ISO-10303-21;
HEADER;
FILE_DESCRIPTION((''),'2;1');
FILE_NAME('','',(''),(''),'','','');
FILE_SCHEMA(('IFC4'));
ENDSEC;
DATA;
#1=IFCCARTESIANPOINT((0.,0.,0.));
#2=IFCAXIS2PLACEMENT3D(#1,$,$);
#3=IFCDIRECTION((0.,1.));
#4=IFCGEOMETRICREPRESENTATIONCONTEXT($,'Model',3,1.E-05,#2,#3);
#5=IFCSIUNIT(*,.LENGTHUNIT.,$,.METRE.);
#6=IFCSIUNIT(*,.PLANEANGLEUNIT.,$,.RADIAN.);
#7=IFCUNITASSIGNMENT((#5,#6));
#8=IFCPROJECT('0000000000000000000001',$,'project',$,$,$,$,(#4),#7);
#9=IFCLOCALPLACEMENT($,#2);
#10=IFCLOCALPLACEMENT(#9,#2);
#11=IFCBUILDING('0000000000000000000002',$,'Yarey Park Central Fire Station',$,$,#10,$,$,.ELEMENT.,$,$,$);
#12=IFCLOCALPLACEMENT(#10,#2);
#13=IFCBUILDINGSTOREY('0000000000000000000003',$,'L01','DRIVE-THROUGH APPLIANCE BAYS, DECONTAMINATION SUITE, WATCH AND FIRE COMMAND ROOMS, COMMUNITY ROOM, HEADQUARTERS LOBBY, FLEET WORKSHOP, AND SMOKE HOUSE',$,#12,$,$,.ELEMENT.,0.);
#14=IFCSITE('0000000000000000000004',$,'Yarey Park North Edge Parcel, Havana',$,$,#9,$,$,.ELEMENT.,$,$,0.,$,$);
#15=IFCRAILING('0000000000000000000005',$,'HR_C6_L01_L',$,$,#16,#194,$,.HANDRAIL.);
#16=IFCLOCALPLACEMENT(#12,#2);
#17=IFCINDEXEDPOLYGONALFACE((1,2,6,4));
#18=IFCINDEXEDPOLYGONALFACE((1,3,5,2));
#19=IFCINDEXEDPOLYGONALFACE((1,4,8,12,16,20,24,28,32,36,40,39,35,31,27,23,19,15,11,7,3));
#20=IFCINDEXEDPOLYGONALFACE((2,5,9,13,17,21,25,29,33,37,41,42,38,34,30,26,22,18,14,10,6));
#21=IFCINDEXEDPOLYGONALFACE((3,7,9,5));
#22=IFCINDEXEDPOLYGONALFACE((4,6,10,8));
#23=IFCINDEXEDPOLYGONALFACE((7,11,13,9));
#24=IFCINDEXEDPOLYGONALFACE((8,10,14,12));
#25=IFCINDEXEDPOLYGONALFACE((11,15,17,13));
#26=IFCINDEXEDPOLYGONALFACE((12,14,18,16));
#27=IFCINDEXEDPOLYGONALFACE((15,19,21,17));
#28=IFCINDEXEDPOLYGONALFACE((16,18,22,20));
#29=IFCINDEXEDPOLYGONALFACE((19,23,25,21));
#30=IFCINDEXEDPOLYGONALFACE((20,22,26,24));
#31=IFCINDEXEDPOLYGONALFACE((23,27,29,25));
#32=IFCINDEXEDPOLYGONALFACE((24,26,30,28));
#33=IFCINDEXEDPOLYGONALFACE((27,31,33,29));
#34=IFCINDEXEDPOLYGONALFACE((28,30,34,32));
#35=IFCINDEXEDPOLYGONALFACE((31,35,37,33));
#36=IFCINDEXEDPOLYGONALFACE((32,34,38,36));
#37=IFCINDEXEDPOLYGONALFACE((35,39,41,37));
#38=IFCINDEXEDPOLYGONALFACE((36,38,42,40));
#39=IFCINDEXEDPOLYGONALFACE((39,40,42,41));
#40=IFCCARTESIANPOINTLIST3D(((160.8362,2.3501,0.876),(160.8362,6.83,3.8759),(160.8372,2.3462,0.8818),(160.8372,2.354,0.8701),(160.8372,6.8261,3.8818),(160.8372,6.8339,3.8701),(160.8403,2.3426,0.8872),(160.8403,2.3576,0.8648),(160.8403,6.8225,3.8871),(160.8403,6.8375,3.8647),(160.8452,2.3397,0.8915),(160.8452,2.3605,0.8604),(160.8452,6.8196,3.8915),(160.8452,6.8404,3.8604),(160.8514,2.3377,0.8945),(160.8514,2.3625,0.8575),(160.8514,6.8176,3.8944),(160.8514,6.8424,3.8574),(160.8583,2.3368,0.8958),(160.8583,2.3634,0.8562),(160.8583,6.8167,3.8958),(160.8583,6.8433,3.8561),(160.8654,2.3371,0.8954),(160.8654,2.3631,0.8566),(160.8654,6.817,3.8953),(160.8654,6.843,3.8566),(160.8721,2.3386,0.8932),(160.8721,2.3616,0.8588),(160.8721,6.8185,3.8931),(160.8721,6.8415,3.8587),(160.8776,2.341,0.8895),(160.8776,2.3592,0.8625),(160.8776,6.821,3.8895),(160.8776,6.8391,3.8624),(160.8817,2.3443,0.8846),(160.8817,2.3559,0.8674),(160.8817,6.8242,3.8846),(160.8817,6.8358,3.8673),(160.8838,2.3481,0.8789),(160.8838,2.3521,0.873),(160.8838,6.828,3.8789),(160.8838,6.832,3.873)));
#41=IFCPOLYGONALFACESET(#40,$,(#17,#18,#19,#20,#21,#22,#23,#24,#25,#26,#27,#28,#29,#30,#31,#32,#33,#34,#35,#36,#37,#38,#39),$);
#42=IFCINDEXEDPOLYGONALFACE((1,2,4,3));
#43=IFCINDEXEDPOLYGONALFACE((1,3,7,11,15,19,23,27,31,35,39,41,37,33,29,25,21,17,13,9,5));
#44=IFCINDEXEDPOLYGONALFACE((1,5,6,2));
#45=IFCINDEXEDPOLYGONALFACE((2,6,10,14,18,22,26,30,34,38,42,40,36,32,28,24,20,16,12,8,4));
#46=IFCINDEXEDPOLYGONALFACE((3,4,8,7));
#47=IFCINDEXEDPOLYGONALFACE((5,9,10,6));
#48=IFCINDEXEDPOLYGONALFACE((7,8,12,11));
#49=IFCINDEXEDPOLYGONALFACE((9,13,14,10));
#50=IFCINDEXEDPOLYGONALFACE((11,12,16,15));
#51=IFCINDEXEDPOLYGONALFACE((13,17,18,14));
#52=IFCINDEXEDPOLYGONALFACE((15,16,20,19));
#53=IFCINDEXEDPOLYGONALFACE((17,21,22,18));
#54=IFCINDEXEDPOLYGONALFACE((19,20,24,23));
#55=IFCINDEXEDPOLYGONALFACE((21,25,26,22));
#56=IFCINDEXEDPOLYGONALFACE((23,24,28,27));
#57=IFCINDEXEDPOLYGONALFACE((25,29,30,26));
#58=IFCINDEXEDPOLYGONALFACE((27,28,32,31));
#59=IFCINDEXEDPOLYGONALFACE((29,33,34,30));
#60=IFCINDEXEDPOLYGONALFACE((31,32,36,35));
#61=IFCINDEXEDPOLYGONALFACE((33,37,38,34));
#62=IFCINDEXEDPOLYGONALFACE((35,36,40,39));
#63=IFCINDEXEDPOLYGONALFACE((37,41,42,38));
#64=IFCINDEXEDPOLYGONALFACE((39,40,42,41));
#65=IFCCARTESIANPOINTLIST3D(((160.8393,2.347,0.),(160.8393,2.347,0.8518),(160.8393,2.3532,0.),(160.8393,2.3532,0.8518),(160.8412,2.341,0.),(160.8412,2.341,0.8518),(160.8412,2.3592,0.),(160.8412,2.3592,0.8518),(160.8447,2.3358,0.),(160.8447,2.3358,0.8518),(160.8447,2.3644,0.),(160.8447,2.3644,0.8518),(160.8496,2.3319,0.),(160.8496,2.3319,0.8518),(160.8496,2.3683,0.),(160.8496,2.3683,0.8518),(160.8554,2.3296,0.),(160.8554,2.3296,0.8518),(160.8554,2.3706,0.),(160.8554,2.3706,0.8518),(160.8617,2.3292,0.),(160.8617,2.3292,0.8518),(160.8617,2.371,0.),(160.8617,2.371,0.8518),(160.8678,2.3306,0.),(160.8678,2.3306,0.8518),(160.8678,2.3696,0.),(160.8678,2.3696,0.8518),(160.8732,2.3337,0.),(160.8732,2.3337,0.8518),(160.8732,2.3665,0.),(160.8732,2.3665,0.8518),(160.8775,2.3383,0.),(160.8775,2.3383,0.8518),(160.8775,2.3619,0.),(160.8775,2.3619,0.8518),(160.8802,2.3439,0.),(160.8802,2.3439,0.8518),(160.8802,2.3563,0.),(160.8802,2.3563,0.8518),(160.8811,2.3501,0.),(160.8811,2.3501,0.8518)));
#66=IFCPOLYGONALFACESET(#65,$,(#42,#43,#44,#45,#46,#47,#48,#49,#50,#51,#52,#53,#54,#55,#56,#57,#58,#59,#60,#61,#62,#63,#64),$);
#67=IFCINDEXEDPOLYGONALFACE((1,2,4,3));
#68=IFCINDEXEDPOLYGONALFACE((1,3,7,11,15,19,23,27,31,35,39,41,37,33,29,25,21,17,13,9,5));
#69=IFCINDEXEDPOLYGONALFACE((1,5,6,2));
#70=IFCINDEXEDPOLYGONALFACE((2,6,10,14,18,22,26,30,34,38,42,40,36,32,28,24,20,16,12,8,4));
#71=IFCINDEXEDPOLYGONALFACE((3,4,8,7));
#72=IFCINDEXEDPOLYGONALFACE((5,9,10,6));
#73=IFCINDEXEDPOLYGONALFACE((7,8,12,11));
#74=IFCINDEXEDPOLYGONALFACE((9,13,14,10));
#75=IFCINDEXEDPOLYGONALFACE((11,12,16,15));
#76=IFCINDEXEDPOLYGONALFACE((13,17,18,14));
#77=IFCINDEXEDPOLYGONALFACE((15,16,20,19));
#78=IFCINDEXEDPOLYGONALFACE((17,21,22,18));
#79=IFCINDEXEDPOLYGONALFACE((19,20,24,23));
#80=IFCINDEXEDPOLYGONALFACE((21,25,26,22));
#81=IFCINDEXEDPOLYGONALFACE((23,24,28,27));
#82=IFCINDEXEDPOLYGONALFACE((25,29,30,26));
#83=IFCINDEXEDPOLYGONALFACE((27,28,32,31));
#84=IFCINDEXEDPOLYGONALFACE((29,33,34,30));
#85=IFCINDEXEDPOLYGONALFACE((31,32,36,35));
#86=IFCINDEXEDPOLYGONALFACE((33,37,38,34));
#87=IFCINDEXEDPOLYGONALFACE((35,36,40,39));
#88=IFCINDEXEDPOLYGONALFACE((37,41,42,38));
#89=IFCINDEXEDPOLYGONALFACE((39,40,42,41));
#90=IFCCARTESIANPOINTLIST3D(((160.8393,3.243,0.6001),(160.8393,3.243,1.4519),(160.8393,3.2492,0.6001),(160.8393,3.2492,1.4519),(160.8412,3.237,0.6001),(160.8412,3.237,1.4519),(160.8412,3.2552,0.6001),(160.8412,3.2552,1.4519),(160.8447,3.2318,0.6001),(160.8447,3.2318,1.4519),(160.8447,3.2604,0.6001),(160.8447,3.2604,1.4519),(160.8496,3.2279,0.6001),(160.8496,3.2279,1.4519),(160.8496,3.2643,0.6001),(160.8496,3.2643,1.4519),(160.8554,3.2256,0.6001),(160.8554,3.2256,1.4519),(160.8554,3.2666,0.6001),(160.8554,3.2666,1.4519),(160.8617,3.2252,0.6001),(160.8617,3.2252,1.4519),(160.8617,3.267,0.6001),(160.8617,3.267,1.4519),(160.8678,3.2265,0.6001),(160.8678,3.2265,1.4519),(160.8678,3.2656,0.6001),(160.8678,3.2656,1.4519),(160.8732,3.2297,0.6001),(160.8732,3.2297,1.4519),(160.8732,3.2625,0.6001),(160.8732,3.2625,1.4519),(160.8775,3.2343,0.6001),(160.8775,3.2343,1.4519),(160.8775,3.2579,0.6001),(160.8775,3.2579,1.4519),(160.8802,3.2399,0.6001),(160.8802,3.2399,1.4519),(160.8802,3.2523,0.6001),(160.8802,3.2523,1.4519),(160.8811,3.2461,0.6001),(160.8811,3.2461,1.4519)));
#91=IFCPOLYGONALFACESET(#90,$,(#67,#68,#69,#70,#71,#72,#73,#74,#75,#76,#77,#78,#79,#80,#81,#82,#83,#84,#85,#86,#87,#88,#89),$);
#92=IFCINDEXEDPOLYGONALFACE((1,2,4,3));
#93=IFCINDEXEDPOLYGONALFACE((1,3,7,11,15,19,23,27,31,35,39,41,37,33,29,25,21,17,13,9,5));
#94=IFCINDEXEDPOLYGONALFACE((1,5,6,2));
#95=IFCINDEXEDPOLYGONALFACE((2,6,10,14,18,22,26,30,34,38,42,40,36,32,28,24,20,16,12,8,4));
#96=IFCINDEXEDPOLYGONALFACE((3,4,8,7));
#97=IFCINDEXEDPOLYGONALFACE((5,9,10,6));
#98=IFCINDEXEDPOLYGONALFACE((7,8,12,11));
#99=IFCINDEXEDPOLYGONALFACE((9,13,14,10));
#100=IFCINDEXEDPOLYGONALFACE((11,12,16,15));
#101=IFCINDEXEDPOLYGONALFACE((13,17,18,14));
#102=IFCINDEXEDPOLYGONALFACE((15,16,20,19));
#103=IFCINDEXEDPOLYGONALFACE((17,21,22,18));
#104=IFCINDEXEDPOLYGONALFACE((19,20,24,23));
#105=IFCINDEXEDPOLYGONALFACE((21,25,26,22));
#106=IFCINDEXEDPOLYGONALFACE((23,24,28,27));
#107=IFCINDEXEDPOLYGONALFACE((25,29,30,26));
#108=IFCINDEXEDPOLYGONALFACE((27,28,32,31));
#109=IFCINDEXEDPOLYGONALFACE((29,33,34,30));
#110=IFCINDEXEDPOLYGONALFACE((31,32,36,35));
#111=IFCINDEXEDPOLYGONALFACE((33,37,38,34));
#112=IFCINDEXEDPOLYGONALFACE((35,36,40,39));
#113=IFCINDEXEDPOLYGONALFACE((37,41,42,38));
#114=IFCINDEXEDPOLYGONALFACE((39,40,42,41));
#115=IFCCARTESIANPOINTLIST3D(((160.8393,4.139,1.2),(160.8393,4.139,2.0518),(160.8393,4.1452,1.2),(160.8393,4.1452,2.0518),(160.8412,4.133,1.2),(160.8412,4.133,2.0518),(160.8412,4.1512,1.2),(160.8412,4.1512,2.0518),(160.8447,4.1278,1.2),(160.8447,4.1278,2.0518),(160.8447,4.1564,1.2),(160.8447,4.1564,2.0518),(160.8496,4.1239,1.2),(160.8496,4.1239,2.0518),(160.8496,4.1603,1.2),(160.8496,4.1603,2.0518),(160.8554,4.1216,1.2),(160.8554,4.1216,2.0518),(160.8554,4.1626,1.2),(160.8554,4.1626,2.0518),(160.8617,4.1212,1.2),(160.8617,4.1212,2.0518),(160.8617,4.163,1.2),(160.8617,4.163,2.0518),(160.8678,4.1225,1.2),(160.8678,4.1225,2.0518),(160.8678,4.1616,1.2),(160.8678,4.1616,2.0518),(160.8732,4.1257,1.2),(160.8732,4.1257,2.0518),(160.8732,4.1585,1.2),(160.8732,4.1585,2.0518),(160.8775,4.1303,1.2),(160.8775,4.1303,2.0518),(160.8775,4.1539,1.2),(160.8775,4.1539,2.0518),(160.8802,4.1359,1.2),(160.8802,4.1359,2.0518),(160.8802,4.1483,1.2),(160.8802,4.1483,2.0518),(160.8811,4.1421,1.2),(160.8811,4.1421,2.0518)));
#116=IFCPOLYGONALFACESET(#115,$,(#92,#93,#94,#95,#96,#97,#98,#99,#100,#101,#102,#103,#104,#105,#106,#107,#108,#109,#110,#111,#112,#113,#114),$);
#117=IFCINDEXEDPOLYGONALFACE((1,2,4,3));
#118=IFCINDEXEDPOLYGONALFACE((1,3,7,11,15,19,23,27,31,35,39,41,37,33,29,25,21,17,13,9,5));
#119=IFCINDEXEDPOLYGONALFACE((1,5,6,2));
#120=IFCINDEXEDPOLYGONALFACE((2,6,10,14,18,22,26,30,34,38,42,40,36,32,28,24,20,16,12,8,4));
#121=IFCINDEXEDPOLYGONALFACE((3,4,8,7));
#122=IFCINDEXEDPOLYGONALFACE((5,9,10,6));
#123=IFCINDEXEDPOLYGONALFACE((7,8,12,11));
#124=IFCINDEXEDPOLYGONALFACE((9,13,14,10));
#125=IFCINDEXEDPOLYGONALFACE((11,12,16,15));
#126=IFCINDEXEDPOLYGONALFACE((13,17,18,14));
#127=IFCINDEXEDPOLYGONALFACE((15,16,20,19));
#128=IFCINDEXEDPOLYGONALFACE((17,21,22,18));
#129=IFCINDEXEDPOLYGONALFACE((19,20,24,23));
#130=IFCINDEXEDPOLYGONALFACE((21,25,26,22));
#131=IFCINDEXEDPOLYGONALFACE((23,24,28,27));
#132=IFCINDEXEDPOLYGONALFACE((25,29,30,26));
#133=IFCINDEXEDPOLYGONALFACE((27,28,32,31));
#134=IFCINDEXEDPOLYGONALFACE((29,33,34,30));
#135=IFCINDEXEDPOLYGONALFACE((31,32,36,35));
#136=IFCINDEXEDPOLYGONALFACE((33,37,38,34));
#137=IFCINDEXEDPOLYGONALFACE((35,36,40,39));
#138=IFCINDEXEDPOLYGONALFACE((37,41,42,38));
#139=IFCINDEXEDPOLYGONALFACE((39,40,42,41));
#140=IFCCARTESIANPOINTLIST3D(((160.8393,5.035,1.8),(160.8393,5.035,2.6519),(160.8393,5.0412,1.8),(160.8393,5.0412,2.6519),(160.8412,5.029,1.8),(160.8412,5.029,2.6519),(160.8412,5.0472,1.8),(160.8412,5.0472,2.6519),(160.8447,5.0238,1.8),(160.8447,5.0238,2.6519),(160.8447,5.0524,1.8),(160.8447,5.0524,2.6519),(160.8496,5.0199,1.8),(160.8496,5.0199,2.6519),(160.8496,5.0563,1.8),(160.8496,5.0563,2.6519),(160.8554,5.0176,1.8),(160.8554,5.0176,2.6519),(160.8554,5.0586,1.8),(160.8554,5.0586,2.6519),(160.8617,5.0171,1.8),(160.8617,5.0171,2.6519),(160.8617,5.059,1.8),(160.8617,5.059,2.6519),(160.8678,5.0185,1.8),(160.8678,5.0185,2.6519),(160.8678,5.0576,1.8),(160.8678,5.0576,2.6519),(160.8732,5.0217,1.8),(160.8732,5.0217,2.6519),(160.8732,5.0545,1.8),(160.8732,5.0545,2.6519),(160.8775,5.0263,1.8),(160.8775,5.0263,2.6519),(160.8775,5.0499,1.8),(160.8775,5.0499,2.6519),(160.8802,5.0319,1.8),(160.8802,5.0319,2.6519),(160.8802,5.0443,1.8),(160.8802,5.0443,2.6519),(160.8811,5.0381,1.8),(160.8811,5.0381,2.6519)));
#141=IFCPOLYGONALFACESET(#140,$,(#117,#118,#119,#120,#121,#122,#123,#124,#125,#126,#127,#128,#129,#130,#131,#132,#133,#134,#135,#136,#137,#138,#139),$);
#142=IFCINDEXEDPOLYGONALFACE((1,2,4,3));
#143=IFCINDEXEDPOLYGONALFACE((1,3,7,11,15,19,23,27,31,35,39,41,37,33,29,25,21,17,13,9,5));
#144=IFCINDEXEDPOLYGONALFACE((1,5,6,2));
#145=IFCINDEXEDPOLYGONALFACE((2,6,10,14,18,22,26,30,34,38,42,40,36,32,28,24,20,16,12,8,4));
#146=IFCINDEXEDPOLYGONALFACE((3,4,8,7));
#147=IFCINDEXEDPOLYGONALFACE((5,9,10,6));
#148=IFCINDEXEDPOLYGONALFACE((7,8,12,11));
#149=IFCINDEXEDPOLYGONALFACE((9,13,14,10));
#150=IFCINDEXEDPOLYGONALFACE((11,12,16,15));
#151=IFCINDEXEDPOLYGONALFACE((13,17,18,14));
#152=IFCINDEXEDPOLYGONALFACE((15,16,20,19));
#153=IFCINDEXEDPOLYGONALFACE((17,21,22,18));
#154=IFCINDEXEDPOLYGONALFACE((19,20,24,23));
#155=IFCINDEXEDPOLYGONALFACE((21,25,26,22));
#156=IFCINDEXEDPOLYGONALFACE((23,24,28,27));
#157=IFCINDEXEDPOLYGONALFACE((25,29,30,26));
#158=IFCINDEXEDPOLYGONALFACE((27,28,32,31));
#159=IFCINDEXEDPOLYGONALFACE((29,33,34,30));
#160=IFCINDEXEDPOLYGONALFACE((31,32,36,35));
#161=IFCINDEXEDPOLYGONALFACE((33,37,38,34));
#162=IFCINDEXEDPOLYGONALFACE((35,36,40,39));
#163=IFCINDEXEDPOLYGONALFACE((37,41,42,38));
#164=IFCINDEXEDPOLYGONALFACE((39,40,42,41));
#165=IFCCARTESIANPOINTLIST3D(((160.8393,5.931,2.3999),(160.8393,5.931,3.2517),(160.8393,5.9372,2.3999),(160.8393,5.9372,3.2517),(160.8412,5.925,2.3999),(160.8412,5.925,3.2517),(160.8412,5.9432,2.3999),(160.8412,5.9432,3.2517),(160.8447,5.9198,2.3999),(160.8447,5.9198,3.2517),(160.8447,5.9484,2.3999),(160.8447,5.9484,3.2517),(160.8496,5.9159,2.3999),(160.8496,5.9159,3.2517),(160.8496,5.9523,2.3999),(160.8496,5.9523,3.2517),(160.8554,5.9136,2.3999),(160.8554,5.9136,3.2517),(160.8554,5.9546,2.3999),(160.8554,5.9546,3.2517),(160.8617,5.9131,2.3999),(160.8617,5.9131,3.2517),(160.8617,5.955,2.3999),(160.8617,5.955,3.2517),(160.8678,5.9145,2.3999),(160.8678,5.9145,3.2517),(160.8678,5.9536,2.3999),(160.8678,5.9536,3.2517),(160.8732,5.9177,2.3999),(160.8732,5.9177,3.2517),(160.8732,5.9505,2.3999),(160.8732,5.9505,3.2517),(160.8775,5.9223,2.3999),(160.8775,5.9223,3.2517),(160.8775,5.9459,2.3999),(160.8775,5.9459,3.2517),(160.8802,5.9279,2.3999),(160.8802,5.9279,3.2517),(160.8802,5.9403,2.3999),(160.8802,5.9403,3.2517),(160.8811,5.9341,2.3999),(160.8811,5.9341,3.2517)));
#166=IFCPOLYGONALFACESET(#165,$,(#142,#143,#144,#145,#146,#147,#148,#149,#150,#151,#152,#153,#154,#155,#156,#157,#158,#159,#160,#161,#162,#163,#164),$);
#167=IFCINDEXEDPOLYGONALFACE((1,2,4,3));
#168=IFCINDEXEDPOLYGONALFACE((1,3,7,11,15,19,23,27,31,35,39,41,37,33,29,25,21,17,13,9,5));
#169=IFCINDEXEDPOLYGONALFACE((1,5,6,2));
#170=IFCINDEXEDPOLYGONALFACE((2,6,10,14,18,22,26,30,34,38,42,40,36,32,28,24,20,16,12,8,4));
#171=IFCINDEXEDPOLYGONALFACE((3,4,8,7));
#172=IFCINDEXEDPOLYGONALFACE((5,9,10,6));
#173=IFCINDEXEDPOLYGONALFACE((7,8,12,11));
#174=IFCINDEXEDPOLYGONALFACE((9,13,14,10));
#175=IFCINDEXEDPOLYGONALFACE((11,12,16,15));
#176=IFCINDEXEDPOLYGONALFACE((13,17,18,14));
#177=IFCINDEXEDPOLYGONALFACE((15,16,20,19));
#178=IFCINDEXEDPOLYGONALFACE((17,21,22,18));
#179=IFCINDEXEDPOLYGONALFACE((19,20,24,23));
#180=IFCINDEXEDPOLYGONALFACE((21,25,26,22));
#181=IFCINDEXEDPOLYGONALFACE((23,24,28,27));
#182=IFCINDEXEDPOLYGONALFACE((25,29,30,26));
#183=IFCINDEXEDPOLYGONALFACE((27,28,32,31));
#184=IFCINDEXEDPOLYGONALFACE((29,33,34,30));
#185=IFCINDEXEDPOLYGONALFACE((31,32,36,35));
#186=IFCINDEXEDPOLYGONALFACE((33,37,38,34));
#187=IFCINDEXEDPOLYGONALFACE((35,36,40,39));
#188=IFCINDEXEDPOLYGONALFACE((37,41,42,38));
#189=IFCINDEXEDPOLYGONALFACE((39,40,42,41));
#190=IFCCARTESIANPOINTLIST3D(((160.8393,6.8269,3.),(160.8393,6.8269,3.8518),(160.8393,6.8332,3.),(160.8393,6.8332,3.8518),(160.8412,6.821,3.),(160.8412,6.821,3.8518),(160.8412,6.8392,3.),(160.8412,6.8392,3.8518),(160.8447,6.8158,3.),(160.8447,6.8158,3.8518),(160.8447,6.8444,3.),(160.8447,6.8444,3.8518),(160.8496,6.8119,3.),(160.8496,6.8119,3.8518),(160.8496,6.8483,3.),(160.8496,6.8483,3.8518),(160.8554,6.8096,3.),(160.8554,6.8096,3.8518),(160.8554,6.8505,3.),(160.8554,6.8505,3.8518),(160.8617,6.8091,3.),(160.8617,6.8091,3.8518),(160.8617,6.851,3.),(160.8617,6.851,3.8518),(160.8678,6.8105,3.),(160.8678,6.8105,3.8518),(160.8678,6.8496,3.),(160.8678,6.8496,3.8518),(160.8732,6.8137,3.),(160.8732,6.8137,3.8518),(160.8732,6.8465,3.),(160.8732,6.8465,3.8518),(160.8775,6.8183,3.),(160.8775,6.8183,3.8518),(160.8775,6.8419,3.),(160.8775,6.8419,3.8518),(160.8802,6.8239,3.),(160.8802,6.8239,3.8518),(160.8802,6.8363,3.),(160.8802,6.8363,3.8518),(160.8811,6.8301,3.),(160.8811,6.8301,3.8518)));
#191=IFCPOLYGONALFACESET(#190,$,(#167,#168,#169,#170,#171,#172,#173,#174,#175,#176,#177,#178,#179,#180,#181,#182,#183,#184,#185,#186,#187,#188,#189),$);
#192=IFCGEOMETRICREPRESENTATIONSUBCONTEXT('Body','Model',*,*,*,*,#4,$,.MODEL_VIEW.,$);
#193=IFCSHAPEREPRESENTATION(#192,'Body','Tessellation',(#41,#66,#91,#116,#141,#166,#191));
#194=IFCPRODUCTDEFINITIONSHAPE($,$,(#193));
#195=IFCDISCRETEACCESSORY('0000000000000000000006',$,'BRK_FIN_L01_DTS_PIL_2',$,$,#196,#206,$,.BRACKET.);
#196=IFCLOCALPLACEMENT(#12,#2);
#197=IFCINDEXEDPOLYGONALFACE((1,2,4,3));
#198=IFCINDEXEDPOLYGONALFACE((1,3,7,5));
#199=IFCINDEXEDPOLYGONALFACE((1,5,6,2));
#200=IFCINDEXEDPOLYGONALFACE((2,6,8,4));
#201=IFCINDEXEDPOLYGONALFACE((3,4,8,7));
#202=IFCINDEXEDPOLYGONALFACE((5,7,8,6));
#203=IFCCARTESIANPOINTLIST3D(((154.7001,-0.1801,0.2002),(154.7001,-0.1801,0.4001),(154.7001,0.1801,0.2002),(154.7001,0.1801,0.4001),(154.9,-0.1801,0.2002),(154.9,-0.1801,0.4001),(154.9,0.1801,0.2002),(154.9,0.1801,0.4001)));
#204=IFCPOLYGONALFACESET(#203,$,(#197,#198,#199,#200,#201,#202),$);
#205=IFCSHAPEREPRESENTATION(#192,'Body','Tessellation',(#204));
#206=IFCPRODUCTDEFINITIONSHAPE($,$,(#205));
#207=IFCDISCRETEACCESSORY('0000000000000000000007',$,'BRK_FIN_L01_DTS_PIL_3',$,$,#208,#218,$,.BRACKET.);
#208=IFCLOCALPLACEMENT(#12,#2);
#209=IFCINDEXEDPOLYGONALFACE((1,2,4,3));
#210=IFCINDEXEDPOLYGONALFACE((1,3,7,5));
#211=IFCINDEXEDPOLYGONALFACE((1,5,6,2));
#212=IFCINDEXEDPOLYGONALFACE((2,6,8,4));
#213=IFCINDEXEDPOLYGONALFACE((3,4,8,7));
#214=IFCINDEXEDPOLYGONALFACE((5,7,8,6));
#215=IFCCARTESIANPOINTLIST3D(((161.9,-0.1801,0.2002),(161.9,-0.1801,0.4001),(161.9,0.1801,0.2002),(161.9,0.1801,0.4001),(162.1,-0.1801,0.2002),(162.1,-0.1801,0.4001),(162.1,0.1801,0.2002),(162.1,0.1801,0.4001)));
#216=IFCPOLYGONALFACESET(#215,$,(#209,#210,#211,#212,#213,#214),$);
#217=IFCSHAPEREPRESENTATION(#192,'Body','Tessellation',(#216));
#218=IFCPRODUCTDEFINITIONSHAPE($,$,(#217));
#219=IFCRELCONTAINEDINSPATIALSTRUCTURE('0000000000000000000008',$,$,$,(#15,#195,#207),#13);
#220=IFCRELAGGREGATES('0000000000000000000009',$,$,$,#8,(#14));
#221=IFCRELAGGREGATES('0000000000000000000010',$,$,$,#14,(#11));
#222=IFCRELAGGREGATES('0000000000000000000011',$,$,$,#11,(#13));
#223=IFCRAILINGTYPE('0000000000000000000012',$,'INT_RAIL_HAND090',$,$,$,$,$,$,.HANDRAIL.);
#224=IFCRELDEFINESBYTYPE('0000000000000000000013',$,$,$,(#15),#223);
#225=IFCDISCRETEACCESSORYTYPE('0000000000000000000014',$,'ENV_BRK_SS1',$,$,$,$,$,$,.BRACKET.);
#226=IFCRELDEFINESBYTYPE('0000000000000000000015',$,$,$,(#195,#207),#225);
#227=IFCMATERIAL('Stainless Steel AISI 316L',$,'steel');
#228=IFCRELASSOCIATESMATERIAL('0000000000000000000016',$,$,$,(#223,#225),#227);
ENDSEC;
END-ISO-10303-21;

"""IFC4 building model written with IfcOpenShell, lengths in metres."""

from ifc_helpers import new_model, si_unit, direction, frame, origin, origin_2d, place, context, subcontext, project, spatial, rectangle, circle, extrude, material, type_object, element, save


model = new_model("IFC4")

# Units and contexts
model_context = context("Model", 3, precision=1e-05, world=origin(), true_north=direction((0.0, 1.0)))
body_context = subcontext(model_context, "Body", "Model", "MODEL_VIEW")
ifc_project = project(units=[si_unit("LENGTHUNIT", "METRE"), si_unit("PLANEANGLEUNIT", "RADIAN")], contexts=[model_context])

# Site, building, storey
site_placement = place(None, origin())
site = spatial("IfcSite", under=ifc_project, at=site_placement, Name="Yarey Park North Edge Parcel, Havana", CompositionType="ELEMENT", RefElevation=0.0)
building_placement = place(site_placement, origin())
building = spatial("IfcBuilding", under=site, at=building_placement, Name="Yarey Park Central Fire Station", CompositionType="ELEMENT")
storey_placement = place(building_placement, origin())
storey = spatial("IfcBuildingStorey", under=building, at=storey_placement, Name="L01", Description="DRIVE-THROUGH APPLIANCE BAYS, DECONTAMINATION SUITE, WATCH AND FIRE COMMAND ROOMS, COMMUNITY ROOM, HEADQUARTERS LOBBY, FLEET WORKSHOP, AND SMOKE HOUSE", CompositionType="ELEMENT", Elevation=0.0)

# Railing
ifc_material_1 = material(Name="Stainless Steel AISI 316L", Category="steel")
railing_type = type_object("IfcRailingType", Name="INT_RAIL_HAND090", PredefinedType="HANDRAIL", material=ifc_material_1)
railing_placement = place(storey_placement, frame((160.8601, 2.3501, 0.0)))
element("IfcRailing", 1, at=railing_placement, inside=storey, type_object=railing_type, Name="HR_C6_L01_L", PredefinedType="HANDRAIL", context=body_context, shape_type="SweptSolid", body=[
    extrude(circle(Radius=0.0239, at=origin_2d()), frame((0.0, 0.0, 0.876), z_axis=(0.0, 0.830906, 0.556413), x_axis=(-1.0, 0.0, 0.0)), (0.0, 0.0, 1.0), 5.3916),
    extrude(circle(Radius=0.021, at=origin_2d()), origin(), (0.0, 0.0, 1.0), 0.8518),
    extrude(circle(Radius=0.021, at=origin_2d()), frame((0.0, 0.896, 0.6001)), (0.0, 0.0, 1.0), 0.8518),
    extrude(circle(Radius=0.021, at=origin_2d()), frame((0.0, 1.792, 1.2)), (0.0, 0.0, 1.0), 0.8518),
    extrude(circle(Radius=0.021, at=origin_2d()), frame((0.0, 2.688, 1.8)), (0.0, 0.0, 1.0), 0.8518),
    extrude(circle(Radius=0.021, at=origin_2d()), frame((0.0, 3.584, 2.3999)), (0.0, 0.0, 1.0), 0.8518),
    extrude(circle(Radius=0.021, at=origin_2d()), frame((0.0, 4.48, 3.0)), (0.0, 0.0, 1.0), 0.8518),
])

# Discrete accessories
discrete_accessory_type = type_object("IfcDiscreteAccessoryType", Name="ENV_BRK_SS1", PredefinedType="BRACKET", material=ifc_material_1)
for number, where, z_axis, x_axis, name in (
    (2, (154.8, 0.0, 0.2002), (0.0, 0.0, 1.0), (1.0, 0.0, 0.0), "BRK_FIN_L01_DTS_PIL_2"),
    (3, (162.0, 0.0, 0.2002), (0.0, 0.0, 1.0), (1.0, 0.0, 0.0), "BRK_FIN_L01_DTS_PIL_3"),
):
    element("IfcDiscreteAccessory", number, at=place(storey_placement, frame(where, z_axis=z_axis, x_axis=x_axis)), inside=storey, type_object=discrete_accessory_type, Name=name, PredefinedType="BRACKET", context=body_context, shape_type="SweptSolid", body=[
        extrude(rectangle(XDim=0.2, YDim=0.3601, at=origin_2d()), origin(), (0.0, 0.0, 1.0), 0.2),
    ])

save(model, "model.ifc")
